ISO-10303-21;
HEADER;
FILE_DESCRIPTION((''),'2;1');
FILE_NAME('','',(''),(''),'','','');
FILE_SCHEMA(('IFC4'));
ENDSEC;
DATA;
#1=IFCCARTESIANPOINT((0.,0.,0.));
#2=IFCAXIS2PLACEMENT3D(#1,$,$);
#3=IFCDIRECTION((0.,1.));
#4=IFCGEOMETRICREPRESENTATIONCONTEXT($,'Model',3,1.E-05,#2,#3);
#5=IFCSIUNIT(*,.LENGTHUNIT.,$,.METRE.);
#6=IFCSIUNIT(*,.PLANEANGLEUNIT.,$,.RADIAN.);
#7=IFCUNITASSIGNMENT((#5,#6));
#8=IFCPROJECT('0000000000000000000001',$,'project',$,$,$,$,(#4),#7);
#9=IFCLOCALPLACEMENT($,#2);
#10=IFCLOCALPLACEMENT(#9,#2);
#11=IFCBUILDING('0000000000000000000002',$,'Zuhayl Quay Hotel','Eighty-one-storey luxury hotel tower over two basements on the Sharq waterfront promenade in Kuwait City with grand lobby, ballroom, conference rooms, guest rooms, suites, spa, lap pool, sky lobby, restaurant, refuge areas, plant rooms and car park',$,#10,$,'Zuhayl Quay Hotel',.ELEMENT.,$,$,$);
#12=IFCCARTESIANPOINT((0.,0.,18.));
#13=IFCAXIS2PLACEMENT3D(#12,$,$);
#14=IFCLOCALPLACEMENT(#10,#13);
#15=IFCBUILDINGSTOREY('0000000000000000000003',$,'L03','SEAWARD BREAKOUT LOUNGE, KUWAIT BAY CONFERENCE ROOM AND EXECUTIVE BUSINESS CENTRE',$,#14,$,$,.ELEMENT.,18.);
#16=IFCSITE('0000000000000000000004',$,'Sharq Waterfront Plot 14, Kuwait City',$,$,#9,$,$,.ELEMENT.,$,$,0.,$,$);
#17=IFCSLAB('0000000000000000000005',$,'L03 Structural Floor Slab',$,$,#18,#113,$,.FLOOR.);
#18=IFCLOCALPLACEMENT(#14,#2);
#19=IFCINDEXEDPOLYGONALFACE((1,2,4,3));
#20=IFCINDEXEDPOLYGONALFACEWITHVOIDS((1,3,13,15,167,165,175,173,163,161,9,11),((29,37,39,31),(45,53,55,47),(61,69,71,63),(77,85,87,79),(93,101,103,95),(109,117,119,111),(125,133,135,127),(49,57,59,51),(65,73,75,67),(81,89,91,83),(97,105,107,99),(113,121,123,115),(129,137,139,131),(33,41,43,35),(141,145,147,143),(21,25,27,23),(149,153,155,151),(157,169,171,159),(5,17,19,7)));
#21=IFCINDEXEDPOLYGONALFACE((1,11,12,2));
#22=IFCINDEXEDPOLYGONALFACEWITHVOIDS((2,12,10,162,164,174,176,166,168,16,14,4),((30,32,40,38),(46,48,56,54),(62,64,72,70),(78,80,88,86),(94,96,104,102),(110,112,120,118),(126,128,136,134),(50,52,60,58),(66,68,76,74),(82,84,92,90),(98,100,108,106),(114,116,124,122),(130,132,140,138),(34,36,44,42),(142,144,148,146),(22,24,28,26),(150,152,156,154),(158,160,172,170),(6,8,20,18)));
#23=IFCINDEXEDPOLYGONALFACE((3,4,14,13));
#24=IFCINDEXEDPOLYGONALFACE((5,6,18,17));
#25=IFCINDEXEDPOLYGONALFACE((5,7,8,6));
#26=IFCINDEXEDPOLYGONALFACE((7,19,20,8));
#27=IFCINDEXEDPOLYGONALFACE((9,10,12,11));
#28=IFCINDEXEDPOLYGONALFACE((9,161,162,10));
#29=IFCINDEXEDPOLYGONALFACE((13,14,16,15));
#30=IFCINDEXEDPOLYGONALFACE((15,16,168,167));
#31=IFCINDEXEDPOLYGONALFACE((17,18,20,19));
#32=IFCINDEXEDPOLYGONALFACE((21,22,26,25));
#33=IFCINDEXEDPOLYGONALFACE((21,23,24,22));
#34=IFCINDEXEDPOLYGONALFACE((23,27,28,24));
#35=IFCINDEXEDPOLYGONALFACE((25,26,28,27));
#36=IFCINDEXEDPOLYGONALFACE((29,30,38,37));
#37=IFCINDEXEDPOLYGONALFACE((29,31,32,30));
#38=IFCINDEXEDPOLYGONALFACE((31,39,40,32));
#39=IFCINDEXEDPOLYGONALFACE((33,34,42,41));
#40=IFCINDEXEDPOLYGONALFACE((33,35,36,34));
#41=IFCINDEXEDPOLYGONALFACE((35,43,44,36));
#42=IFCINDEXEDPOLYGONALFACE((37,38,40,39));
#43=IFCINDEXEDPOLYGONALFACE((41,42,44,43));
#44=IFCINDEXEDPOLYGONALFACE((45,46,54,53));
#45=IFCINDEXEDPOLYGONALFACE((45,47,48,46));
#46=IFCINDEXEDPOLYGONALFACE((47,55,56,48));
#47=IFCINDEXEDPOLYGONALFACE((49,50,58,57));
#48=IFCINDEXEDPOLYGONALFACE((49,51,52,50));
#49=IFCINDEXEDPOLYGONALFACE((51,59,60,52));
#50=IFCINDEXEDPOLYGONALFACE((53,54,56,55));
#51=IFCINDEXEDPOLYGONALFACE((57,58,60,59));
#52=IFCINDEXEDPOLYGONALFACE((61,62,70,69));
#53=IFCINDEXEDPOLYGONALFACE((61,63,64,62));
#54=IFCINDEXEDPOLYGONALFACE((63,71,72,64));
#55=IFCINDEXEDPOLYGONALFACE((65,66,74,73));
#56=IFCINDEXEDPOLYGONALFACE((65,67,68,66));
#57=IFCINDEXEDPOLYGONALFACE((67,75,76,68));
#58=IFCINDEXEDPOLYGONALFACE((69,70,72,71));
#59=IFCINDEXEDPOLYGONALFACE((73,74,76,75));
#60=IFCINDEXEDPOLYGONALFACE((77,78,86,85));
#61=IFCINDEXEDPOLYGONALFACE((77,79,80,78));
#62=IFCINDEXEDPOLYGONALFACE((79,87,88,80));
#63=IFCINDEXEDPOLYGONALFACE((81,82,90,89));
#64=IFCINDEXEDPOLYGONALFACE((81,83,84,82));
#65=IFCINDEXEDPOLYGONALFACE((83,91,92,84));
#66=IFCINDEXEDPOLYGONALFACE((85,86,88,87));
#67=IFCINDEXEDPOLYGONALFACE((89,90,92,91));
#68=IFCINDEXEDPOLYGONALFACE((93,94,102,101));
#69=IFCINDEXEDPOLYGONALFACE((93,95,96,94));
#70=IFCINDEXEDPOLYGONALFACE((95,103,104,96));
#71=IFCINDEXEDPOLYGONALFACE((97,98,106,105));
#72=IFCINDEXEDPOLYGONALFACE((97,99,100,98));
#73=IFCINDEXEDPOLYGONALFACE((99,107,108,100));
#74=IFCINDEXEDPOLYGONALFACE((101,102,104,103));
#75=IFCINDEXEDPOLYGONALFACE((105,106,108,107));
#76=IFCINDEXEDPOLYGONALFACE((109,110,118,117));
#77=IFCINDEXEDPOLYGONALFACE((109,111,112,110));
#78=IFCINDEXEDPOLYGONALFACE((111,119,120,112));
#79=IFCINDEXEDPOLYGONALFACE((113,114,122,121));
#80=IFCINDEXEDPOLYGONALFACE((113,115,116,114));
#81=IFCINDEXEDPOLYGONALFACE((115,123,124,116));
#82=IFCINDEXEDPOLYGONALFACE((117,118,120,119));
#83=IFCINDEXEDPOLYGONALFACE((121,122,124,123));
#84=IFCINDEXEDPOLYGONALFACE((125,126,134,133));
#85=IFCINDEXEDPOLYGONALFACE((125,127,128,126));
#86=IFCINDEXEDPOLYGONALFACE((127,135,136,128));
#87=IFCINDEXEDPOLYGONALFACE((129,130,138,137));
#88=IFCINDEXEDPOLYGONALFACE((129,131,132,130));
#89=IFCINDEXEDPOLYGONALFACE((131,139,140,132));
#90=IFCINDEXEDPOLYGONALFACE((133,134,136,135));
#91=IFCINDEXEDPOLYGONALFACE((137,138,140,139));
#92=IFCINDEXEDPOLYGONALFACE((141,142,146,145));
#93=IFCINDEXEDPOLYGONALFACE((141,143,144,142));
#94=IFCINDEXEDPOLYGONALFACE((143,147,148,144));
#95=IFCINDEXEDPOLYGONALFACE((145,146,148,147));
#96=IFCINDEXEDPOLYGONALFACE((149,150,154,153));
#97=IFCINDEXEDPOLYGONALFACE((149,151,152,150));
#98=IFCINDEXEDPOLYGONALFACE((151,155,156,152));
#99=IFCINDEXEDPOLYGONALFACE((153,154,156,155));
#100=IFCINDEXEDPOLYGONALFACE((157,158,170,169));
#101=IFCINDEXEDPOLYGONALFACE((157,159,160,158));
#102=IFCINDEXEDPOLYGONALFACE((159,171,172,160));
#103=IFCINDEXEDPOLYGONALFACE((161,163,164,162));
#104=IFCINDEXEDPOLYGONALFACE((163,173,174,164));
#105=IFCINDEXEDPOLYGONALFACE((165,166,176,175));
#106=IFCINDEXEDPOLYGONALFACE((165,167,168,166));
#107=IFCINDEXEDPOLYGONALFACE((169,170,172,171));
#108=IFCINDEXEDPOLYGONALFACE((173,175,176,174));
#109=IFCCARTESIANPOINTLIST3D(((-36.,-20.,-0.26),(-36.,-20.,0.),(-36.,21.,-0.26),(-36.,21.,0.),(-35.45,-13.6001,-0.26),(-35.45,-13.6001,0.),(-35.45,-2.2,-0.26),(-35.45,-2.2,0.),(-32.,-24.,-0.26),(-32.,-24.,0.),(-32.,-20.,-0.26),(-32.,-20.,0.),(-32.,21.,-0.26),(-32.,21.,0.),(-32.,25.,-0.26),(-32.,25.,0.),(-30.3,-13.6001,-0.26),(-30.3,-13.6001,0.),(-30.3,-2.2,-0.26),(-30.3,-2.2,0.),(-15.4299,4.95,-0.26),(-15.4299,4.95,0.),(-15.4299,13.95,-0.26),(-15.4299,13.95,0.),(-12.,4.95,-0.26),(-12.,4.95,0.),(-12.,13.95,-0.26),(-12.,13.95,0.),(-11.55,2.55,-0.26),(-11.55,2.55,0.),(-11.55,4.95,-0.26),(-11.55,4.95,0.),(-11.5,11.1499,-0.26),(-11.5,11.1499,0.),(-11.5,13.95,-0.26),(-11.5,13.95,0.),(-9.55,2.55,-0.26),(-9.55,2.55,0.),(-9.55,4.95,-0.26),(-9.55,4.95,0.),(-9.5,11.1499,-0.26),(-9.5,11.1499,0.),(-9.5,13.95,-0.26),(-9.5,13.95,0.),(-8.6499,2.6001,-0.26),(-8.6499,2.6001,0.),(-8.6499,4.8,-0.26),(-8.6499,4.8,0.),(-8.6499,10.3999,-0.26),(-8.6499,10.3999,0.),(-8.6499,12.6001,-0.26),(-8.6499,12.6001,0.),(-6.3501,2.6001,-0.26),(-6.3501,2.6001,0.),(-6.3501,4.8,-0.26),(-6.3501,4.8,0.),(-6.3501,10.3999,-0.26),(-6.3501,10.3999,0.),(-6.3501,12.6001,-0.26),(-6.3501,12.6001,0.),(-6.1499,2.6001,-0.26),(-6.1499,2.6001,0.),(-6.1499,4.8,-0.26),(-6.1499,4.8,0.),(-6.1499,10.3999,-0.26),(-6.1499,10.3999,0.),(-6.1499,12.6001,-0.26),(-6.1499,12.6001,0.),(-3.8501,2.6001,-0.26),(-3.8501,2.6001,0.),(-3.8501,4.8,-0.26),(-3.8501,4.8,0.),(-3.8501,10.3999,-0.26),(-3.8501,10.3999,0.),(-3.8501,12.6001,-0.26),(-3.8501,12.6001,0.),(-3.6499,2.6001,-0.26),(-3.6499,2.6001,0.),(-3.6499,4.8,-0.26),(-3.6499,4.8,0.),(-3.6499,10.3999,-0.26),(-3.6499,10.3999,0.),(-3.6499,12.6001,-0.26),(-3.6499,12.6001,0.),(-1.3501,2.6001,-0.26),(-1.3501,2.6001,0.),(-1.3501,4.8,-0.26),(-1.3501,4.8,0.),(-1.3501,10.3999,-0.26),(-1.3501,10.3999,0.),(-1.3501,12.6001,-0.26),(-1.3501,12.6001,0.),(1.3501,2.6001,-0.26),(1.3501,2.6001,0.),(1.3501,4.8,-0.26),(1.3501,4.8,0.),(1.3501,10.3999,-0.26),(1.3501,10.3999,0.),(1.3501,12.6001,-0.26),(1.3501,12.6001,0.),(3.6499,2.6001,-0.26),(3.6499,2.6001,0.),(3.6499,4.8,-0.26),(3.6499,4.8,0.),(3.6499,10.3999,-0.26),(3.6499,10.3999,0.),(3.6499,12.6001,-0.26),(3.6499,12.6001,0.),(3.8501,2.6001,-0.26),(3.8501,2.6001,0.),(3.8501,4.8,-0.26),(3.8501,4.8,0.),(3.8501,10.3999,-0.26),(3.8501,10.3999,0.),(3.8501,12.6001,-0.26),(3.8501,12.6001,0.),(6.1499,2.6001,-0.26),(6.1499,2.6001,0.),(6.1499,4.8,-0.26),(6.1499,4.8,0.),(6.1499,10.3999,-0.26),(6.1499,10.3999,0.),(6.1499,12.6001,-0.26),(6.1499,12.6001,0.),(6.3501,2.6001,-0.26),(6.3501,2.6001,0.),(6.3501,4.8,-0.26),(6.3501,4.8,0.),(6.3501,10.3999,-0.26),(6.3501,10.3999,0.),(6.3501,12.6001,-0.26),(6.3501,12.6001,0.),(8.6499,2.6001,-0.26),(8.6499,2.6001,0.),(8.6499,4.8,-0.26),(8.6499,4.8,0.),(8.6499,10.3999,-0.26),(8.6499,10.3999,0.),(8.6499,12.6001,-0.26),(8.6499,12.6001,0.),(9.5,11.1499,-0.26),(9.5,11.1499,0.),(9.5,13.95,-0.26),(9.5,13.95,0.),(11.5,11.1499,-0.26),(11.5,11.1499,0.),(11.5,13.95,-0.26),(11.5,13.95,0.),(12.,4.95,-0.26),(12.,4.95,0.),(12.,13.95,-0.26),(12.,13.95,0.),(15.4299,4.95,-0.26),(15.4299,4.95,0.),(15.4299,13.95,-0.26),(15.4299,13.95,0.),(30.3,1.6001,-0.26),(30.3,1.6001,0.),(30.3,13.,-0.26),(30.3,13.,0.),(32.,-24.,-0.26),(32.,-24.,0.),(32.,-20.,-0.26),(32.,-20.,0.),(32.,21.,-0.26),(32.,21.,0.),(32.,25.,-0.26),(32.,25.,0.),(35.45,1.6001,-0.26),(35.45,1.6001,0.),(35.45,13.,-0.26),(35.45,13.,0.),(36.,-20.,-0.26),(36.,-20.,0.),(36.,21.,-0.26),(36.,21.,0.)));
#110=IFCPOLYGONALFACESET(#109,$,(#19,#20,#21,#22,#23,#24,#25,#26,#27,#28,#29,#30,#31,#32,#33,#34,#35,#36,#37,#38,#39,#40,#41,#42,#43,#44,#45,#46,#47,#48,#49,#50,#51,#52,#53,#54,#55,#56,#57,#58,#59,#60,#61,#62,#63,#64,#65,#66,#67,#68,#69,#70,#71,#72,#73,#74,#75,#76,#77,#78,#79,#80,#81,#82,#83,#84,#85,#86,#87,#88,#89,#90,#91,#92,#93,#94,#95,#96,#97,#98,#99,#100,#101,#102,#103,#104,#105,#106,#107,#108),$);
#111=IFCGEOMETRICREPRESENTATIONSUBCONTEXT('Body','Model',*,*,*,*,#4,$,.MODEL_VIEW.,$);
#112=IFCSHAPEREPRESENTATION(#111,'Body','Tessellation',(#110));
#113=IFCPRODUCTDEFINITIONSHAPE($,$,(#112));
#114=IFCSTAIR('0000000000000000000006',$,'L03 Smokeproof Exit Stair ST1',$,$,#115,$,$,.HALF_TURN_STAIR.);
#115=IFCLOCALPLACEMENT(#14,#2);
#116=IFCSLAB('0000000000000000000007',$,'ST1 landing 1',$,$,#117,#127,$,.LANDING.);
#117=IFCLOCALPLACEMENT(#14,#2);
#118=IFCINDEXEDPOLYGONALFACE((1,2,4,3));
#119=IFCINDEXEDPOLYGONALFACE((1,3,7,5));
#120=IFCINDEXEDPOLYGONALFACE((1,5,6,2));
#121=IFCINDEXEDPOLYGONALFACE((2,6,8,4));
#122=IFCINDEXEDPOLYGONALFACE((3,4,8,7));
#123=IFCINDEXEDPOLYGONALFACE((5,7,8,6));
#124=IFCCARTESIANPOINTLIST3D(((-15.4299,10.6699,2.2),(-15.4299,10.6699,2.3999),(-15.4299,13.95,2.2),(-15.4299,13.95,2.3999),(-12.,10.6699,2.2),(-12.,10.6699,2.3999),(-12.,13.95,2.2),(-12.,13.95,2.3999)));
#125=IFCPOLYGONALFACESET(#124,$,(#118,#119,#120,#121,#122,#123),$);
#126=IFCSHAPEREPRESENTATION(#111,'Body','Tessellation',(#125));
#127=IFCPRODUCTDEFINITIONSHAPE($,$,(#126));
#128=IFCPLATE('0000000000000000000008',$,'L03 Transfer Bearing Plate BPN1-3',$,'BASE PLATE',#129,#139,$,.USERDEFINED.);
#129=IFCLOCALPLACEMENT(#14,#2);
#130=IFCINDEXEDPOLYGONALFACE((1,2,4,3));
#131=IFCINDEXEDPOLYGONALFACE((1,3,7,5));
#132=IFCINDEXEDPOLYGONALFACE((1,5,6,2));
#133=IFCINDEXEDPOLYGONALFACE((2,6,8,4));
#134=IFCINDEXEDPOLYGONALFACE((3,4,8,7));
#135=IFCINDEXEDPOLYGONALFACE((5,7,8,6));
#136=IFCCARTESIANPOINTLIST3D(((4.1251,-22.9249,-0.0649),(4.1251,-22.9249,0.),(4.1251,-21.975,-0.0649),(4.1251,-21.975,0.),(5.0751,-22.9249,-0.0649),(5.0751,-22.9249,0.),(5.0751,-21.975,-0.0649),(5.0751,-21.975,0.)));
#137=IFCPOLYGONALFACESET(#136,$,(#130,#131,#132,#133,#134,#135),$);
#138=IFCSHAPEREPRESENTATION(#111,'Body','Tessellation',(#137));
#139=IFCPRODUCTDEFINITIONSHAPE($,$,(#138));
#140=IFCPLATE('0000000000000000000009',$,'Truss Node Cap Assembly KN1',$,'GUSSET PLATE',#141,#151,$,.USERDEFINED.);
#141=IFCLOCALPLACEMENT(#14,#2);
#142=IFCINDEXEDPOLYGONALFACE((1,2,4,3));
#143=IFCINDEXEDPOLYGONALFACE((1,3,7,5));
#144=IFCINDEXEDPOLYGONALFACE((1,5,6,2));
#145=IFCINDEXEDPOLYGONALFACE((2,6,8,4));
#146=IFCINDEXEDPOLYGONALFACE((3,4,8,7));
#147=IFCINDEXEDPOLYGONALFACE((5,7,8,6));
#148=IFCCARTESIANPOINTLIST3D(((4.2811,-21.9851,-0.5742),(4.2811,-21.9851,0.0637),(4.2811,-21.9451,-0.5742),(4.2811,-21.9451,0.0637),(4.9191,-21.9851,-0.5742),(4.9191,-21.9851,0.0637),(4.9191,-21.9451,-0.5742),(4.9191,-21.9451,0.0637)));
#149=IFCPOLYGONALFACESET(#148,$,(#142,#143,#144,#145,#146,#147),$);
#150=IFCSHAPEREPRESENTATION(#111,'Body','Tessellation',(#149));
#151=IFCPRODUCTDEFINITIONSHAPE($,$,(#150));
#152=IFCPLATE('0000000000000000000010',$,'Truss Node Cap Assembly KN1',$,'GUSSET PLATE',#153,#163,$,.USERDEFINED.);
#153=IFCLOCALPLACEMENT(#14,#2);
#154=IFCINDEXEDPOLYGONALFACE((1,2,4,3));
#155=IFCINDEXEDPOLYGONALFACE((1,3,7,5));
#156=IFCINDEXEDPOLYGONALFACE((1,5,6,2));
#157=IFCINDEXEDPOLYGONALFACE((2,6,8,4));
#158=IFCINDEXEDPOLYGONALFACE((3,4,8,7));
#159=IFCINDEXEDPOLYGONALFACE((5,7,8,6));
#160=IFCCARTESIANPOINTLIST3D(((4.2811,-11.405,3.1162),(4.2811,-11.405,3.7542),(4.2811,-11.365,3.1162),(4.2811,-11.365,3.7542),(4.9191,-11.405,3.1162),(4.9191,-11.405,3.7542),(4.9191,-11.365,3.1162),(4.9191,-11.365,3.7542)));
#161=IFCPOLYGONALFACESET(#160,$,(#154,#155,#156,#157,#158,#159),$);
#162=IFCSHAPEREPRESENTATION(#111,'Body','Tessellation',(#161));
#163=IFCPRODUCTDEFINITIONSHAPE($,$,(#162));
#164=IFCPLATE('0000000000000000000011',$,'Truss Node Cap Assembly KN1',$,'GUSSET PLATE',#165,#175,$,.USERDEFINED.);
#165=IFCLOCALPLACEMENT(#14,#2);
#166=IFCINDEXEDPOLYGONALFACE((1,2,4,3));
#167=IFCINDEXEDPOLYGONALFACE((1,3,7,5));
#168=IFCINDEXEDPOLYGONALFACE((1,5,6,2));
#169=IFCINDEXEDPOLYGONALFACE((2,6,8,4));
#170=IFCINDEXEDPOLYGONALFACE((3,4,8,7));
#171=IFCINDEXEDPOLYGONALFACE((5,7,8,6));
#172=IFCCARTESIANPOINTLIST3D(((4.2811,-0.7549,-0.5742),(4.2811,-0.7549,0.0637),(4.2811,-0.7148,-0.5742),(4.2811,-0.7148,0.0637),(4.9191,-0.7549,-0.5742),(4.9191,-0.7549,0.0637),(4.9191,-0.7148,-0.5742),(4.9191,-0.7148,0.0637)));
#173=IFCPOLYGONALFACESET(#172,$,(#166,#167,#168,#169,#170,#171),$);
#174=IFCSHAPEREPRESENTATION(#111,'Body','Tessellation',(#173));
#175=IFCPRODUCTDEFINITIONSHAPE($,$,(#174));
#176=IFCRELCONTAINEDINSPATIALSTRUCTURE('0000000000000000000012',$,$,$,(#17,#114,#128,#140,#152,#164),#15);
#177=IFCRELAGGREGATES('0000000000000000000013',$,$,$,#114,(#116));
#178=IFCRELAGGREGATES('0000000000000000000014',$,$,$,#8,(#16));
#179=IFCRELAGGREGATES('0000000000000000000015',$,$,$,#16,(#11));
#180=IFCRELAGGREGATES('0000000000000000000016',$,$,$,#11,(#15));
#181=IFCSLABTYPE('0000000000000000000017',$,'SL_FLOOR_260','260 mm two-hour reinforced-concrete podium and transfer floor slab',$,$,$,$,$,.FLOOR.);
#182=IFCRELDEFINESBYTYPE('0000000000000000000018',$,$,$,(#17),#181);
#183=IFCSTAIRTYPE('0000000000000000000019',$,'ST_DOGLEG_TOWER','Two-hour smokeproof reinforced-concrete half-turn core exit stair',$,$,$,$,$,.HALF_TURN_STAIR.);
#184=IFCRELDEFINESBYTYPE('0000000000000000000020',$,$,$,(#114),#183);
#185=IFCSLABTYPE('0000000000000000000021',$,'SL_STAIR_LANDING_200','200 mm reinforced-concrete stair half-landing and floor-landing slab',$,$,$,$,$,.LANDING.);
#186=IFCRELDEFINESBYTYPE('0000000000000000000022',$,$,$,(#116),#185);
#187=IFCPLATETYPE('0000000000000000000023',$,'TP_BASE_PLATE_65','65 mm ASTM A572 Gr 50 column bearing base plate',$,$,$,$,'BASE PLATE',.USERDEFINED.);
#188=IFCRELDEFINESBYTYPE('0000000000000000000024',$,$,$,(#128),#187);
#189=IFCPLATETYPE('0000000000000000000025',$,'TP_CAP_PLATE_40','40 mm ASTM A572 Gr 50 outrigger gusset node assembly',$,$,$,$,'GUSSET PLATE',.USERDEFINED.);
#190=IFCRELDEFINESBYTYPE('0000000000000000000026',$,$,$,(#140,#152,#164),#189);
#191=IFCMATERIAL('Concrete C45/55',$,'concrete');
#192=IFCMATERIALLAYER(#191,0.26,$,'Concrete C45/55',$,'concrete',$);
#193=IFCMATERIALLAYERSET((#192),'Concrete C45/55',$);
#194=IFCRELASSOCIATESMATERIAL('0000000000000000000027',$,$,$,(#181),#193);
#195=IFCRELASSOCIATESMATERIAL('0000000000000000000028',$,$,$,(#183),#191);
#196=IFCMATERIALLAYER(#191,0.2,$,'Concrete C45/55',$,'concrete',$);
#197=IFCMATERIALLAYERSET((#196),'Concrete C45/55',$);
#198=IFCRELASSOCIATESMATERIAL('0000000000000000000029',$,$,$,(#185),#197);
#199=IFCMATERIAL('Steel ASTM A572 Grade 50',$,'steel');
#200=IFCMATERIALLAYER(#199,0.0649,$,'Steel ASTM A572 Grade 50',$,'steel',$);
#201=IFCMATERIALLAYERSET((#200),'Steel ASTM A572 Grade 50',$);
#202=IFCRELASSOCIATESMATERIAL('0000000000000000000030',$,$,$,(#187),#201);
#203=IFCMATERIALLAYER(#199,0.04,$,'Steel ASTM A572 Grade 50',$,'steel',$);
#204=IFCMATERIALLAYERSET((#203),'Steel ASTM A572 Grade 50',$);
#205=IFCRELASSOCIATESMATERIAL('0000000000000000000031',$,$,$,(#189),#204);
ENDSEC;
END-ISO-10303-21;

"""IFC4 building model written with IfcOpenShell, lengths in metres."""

from ifc_helpers import new_model, si_unit, direction, frame, origin, origin_2d, place, context, subcontext, project, spatial, polyline, rectangle, outline, extrude, material, layer, layer_set, type_object, element, aggregate, save


model = new_model("IFC4")

# Units and contexts
model_context = context("Model", 3, precision=1e-05, world=origin(), true_north=direction((0.0, 1.0)))
body_context = subcontext(model_context, "Body", "Model", "MODEL_VIEW")
ifc_project = project(units=[si_unit("LENGTHUNIT", "METRE"), si_unit("PLANEANGLEUNIT", "RADIAN")], contexts=[model_context])

# Site, building, storey
site_placement = place(None, origin())
site = spatial("IfcSite", under=ifc_project, at=site_placement, Name="Sharq Waterfront Plot 14, Kuwait City", CompositionType="ELEMENT", RefElevation=0.0)
building_placement = place(site_placement, origin())
building = spatial("IfcBuilding", under=site, at=building_placement, Name="Zuhayl Quay Hotel", Description="Eighty-one-storey luxury hotel tower over two basements on the Sharq waterfront promenade in Kuwait City with grand lobby, ballroom, conference rooms, guest rooms, suites, spa, lap pool, sky lobby, restaurant, refuge areas, plant rooms and car park", LongName="Zuhayl Quay Hotel", CompositionType="ELEMENT")
storey_placement = place(building_placement, frame((0.0, 0.0, 18.0)))
storey = spatial("IfcBuildingStorey", under=building, at=storey_placement, Name="L03", Description="SEAWARD BREAKOUT LOUNGE, KUWAIT BAY CONFERENCE ROOM AND EXECUTIVE BUSINESS CENTRE", CompositionType="ELEMENT", Elevation=18.0)

# Slab
ifc_material_1 = material(Name="Concrete C45/55", Category="concrete")
ifc_layer_1 = layer(ifc_material_1, 0.26, Name="Concrete C45/55", Category="concrete")
ifc_layer_set_1 = layer_set([ifc_layer_1], Name="Concrete C45/55")
slab_type_1 = type_object("IfcSlabType", Name="SL_FLOOR_260", Description="260 mm two-hour reinforced-concrete podium and transfer floor slab", PredefinedType="FLOOR", material=ifc_layer_set_1)
slab_1_placement = place(storey_placement, frame((0.0, 0.0, -0.26)))
element("IfcSlab", 1, at=slab_1_placement, inside=storey, type_object=slab_type_1, Name="L03 Structural Floor Slab", PredefinedType="FLOOR", context=body_context, shape_type="SweptSolid", body=[
    extrude(outline(polyline([(-32.0, -24.0), (32.0, -24.0), (32.0, -20.0), (36.0, -20.0), (36.0, 21.0), (32.0, 21.0), (32.0, 25.0), (-32.0, 25.0), (-32.0, 21.0), (-36.0, 21.0), (-36.0, -20.0), (-32.0, -20.0), (-32.0, -24.0)]), holes=[polyline([(-12.0, 4.95), (-12.0, 13.95), (-15.4299, 13.95), (-15.4299, 4.95), (-12.0, 4.95)]), polyline([(15.4299, 4.95), (15.4299, 13.95), (12.0, 13.95), (12.0, 4.95), (15.4299, 4.95)]), polyline([(-30.3, -13.6001), (-30.3, -2.2), (-35.45, -2.2), (-35.45, -13.6001), (-30.3, -13.6001)]), polyline([(35.45, 1.6001), (35.45, 13.0), (30.3, 13.0), (30.3, 1.6001), (35.45, 1.6001)]), polyline([(-11.5, 11.1499), (-9.5, 11.1499), (-9.5, 13.95), (-11.5, 13.95), (-11.5, 11.1499)]), polyline([(9.5, 11.1499), (11.5, 11.1499), (11.5, 13.95), (9.5, 13.95), (9.5, 11.1499)]), polyline([(-8.6499, 2.6001), (-6.3501, 2.6001), (-6.3501, 4.8), (-8.6499, 4.8), (-8.6499, 2.6001)]), polyline([(-6.1499, 2.6001), (-3.8501, 2.6001), (-3.8501, 4.8), (-6.1499, 4.8), (-6.1499, 2.6001)]), polyline([(-8.6499, 10.3999), (-6.3501, 10.3999), (-6.3501, 12.6001), (-8.6499, 12.6001), (-8.6499, 10.3999)]), polyline([(-6.1499, 10.3999), (-3.8501, 10.3999), (-3.8501, 12.6001), (-6.1499, 12.6001), (-6.1499, 10.3999)]), polyline([(-3.6499, 2.6001), (-1.3501, 2.6001), (-1.3501, 4.8), (-3.6499, 4.8), (-3.6499, 2.6001)]), polyline([(1.3501, 2.6001), (3.6499, 2.6001), (3.6499, 4.8), (1.3501, 4.8), (1.3501, 2.6001)]), polyline([(-3.6499, 10.3999), (-1.3501, 10.3999), (-1.3501, 12.6001), (-3.6499, 12.6001), (-3.6499, 10.3999)]), polyline([(1.3501, 10.3999), (3.6499, 10.3999), (3.6499, 12.6001), (1.3501, 12.6001), (1.3501, 10.3999)]), polyline([(3.8501, 2.6001), (6.1499, 2.6001), (6.1499, 4.8), (3.8501, 4.8), (3.8501, 2.6001)]), polyline([(6.3501, 2.6001), (8.6499, 2.6001), (8.6499, 4.8), (6.3501, 4.8), (6.3501, 2.6001)]), polyline([(3.8501, 10.3999), (6.1499, 10.3999), (6.1499, 12.6001), (3.8501, 12.6001), (3.8501, 10.3999)]), polyline([(6.3501, 10.3999), (8.6499, 10.3999), (8.6499, 12.6001), (6.3501, 12.6001), (6.3501, 10.3999)]), polyline([(-11.55, 2.55), (-9.55, 2.55), (-9.55, 4.95), (-11.55, 4.95), (-11.55, 2.55)])]), origin(), (0.0, 0.0, 1.0), 0.26),
])

# Stair, slab
stair_type = type_object("IfcStairType", Name="ST_DOGLEG_TOWER", Description="Two-hour smokeproof reinforced-concrete half-turn core exit stair", PredefinedType="HALF_TURN_STAIR", material=ifc_material_1)
stair_placement = place(storey_placement, origin())
stair = element("IfcStair", 2, at=stair_placement, inside=storey, type_object=stair_type, Name="L03 Smokeproof Exit Stair ST1", PredefinedType="HALF_TURN_STAIR")
ifc_layer_2 = layer(ifc_material_1, 0.2, Name="Concrete C45/55", Category="concrete")
ifc_layer_set_2 = layer_set([ifc_layer_2], Name="Concrete C45/55")
slab_type_2 = type_object("IfcSlabType", Name="SL_STAIR_LANDING_200", Description="200 mm reinforced-concrete stair half-landing and floor-landing slab", PredefinedType="LANDING", material=ifc_layer_set_2)
slab_2_placement = place(storey_placement, frame((0.0, 0.0, 2.2)))
slab_2 = element("IfcSlab", 3, at=slab_2_placement, type_object=slab_type_2, Name="ST1 landing 1", PredefinedType="LANDING", context=body_context, shape_type="SweptSolid", body=[
    extrude(outline(polyline([(-12.0, 10.6699), (-12.0, 13.95), (-15.4299, 13.95), (-15.4299, 10.6699), (-12.0, 10.6699)])), origin(), (0.0, 0.0, 1.0), 0.2),
])
aggregate(stair, [slab_2])

# Plates
ifc_material_2 = material(Name="Steel ASTM A572 Grade 50", Category="steel")
ifc_layer_3 = layer(ifc_material_2, 0.0649, Name="Steel ASTM A572 Grade 50", Category="steel")
ifc_layer_set_3 = layer_set([ifc_layer_3], Name="Steel ASTM A572 Grade 50")
plate_type_1 = type_object("IfcPlateType", Name="TP_BASE_PLATE_65", Description="65 mm ASTM A572 Gr 50 column bearing base plate", ElementType="BASE PLATE", PredefinedType="USERDEFINED", material=ifc_layer_set_3)
plate_1_placement = place(storey_placement, frame((4.6001, -22.45, -0.0649), z_axis=(0.0, 0.0, 1.0), x_axis=(1.0, 0.0, 0.0)))
element("IfcPlate", 4, at=plate_1_placement, inside=storey, type_object=plate_type_1, Name="L03 Transfer Bearing Plate BPN1-3", ObjectType="BASE PLATE", PredefinedType="USERDEFINED", context=body_context, shape_type="SweptSolid", body=[
    extrude(rectangle(XDim=0.95, YDim=0.95, at=origin_2d()), origin(), (0.0, 0.0, 1.0), 0.0649),
])
ifc_layer_4 = layer(ifc_material_2, 0.04, Name="Steel ASTM A572 Grade 50", Category="steel")
ifc_layer_set_4 = layer_set([ifc_layer_4], Name="Steel ASTM A572 Grade 50")
plate_type_2 = type_object("IfcPlateType", Name="TP_CAP_PLATE_40", Description="40 mm ASTM A572 Gr 50 outrigger gusset node assembly", ElementType="GUSSET PLATE", PredefinedType="USERDEFINED", material=ifc_layer_set_4)
for number, where, z_axis, x_axis, name in (
    (5, (4.6001, -21.9651, -0.5742), (0.0, 0.0, 1.0), (0.0, -1.0, 0.0), "Truss Node Cap Assembly KN1"),
    (6, (4.6001, -11.385, 3.1162), (0.0, 0.0, 1.0), (0.0, 1.0, 0.0), "Truss Node Cap Assembly KN1"),
    (7, (4.6001, -0.7349, -0.5742), (0.0, 0.0, 1.0), (0.0, 1.0, 0.0), "Truss Node Cap Assembly KN1"),
):
    element("IfcPlate", number, at=place(storey_placement, frame(where, z_axis=z_axis, x_axis=x_axis)), inside=storey, type_object=plate_type_2, Name=name, ObjectType="GUSSET PLATE", PredefinedType="USERDEFINED", context=body_context, shape_type="SweptSolid", body=[
        extrude(rectangle(XDim=0.04, YDim=0.6379, at=origin_2d()), origin(), (0.0, 0.0, 1.0), 0.6379),
    ])

save(model, "model.ifc")
